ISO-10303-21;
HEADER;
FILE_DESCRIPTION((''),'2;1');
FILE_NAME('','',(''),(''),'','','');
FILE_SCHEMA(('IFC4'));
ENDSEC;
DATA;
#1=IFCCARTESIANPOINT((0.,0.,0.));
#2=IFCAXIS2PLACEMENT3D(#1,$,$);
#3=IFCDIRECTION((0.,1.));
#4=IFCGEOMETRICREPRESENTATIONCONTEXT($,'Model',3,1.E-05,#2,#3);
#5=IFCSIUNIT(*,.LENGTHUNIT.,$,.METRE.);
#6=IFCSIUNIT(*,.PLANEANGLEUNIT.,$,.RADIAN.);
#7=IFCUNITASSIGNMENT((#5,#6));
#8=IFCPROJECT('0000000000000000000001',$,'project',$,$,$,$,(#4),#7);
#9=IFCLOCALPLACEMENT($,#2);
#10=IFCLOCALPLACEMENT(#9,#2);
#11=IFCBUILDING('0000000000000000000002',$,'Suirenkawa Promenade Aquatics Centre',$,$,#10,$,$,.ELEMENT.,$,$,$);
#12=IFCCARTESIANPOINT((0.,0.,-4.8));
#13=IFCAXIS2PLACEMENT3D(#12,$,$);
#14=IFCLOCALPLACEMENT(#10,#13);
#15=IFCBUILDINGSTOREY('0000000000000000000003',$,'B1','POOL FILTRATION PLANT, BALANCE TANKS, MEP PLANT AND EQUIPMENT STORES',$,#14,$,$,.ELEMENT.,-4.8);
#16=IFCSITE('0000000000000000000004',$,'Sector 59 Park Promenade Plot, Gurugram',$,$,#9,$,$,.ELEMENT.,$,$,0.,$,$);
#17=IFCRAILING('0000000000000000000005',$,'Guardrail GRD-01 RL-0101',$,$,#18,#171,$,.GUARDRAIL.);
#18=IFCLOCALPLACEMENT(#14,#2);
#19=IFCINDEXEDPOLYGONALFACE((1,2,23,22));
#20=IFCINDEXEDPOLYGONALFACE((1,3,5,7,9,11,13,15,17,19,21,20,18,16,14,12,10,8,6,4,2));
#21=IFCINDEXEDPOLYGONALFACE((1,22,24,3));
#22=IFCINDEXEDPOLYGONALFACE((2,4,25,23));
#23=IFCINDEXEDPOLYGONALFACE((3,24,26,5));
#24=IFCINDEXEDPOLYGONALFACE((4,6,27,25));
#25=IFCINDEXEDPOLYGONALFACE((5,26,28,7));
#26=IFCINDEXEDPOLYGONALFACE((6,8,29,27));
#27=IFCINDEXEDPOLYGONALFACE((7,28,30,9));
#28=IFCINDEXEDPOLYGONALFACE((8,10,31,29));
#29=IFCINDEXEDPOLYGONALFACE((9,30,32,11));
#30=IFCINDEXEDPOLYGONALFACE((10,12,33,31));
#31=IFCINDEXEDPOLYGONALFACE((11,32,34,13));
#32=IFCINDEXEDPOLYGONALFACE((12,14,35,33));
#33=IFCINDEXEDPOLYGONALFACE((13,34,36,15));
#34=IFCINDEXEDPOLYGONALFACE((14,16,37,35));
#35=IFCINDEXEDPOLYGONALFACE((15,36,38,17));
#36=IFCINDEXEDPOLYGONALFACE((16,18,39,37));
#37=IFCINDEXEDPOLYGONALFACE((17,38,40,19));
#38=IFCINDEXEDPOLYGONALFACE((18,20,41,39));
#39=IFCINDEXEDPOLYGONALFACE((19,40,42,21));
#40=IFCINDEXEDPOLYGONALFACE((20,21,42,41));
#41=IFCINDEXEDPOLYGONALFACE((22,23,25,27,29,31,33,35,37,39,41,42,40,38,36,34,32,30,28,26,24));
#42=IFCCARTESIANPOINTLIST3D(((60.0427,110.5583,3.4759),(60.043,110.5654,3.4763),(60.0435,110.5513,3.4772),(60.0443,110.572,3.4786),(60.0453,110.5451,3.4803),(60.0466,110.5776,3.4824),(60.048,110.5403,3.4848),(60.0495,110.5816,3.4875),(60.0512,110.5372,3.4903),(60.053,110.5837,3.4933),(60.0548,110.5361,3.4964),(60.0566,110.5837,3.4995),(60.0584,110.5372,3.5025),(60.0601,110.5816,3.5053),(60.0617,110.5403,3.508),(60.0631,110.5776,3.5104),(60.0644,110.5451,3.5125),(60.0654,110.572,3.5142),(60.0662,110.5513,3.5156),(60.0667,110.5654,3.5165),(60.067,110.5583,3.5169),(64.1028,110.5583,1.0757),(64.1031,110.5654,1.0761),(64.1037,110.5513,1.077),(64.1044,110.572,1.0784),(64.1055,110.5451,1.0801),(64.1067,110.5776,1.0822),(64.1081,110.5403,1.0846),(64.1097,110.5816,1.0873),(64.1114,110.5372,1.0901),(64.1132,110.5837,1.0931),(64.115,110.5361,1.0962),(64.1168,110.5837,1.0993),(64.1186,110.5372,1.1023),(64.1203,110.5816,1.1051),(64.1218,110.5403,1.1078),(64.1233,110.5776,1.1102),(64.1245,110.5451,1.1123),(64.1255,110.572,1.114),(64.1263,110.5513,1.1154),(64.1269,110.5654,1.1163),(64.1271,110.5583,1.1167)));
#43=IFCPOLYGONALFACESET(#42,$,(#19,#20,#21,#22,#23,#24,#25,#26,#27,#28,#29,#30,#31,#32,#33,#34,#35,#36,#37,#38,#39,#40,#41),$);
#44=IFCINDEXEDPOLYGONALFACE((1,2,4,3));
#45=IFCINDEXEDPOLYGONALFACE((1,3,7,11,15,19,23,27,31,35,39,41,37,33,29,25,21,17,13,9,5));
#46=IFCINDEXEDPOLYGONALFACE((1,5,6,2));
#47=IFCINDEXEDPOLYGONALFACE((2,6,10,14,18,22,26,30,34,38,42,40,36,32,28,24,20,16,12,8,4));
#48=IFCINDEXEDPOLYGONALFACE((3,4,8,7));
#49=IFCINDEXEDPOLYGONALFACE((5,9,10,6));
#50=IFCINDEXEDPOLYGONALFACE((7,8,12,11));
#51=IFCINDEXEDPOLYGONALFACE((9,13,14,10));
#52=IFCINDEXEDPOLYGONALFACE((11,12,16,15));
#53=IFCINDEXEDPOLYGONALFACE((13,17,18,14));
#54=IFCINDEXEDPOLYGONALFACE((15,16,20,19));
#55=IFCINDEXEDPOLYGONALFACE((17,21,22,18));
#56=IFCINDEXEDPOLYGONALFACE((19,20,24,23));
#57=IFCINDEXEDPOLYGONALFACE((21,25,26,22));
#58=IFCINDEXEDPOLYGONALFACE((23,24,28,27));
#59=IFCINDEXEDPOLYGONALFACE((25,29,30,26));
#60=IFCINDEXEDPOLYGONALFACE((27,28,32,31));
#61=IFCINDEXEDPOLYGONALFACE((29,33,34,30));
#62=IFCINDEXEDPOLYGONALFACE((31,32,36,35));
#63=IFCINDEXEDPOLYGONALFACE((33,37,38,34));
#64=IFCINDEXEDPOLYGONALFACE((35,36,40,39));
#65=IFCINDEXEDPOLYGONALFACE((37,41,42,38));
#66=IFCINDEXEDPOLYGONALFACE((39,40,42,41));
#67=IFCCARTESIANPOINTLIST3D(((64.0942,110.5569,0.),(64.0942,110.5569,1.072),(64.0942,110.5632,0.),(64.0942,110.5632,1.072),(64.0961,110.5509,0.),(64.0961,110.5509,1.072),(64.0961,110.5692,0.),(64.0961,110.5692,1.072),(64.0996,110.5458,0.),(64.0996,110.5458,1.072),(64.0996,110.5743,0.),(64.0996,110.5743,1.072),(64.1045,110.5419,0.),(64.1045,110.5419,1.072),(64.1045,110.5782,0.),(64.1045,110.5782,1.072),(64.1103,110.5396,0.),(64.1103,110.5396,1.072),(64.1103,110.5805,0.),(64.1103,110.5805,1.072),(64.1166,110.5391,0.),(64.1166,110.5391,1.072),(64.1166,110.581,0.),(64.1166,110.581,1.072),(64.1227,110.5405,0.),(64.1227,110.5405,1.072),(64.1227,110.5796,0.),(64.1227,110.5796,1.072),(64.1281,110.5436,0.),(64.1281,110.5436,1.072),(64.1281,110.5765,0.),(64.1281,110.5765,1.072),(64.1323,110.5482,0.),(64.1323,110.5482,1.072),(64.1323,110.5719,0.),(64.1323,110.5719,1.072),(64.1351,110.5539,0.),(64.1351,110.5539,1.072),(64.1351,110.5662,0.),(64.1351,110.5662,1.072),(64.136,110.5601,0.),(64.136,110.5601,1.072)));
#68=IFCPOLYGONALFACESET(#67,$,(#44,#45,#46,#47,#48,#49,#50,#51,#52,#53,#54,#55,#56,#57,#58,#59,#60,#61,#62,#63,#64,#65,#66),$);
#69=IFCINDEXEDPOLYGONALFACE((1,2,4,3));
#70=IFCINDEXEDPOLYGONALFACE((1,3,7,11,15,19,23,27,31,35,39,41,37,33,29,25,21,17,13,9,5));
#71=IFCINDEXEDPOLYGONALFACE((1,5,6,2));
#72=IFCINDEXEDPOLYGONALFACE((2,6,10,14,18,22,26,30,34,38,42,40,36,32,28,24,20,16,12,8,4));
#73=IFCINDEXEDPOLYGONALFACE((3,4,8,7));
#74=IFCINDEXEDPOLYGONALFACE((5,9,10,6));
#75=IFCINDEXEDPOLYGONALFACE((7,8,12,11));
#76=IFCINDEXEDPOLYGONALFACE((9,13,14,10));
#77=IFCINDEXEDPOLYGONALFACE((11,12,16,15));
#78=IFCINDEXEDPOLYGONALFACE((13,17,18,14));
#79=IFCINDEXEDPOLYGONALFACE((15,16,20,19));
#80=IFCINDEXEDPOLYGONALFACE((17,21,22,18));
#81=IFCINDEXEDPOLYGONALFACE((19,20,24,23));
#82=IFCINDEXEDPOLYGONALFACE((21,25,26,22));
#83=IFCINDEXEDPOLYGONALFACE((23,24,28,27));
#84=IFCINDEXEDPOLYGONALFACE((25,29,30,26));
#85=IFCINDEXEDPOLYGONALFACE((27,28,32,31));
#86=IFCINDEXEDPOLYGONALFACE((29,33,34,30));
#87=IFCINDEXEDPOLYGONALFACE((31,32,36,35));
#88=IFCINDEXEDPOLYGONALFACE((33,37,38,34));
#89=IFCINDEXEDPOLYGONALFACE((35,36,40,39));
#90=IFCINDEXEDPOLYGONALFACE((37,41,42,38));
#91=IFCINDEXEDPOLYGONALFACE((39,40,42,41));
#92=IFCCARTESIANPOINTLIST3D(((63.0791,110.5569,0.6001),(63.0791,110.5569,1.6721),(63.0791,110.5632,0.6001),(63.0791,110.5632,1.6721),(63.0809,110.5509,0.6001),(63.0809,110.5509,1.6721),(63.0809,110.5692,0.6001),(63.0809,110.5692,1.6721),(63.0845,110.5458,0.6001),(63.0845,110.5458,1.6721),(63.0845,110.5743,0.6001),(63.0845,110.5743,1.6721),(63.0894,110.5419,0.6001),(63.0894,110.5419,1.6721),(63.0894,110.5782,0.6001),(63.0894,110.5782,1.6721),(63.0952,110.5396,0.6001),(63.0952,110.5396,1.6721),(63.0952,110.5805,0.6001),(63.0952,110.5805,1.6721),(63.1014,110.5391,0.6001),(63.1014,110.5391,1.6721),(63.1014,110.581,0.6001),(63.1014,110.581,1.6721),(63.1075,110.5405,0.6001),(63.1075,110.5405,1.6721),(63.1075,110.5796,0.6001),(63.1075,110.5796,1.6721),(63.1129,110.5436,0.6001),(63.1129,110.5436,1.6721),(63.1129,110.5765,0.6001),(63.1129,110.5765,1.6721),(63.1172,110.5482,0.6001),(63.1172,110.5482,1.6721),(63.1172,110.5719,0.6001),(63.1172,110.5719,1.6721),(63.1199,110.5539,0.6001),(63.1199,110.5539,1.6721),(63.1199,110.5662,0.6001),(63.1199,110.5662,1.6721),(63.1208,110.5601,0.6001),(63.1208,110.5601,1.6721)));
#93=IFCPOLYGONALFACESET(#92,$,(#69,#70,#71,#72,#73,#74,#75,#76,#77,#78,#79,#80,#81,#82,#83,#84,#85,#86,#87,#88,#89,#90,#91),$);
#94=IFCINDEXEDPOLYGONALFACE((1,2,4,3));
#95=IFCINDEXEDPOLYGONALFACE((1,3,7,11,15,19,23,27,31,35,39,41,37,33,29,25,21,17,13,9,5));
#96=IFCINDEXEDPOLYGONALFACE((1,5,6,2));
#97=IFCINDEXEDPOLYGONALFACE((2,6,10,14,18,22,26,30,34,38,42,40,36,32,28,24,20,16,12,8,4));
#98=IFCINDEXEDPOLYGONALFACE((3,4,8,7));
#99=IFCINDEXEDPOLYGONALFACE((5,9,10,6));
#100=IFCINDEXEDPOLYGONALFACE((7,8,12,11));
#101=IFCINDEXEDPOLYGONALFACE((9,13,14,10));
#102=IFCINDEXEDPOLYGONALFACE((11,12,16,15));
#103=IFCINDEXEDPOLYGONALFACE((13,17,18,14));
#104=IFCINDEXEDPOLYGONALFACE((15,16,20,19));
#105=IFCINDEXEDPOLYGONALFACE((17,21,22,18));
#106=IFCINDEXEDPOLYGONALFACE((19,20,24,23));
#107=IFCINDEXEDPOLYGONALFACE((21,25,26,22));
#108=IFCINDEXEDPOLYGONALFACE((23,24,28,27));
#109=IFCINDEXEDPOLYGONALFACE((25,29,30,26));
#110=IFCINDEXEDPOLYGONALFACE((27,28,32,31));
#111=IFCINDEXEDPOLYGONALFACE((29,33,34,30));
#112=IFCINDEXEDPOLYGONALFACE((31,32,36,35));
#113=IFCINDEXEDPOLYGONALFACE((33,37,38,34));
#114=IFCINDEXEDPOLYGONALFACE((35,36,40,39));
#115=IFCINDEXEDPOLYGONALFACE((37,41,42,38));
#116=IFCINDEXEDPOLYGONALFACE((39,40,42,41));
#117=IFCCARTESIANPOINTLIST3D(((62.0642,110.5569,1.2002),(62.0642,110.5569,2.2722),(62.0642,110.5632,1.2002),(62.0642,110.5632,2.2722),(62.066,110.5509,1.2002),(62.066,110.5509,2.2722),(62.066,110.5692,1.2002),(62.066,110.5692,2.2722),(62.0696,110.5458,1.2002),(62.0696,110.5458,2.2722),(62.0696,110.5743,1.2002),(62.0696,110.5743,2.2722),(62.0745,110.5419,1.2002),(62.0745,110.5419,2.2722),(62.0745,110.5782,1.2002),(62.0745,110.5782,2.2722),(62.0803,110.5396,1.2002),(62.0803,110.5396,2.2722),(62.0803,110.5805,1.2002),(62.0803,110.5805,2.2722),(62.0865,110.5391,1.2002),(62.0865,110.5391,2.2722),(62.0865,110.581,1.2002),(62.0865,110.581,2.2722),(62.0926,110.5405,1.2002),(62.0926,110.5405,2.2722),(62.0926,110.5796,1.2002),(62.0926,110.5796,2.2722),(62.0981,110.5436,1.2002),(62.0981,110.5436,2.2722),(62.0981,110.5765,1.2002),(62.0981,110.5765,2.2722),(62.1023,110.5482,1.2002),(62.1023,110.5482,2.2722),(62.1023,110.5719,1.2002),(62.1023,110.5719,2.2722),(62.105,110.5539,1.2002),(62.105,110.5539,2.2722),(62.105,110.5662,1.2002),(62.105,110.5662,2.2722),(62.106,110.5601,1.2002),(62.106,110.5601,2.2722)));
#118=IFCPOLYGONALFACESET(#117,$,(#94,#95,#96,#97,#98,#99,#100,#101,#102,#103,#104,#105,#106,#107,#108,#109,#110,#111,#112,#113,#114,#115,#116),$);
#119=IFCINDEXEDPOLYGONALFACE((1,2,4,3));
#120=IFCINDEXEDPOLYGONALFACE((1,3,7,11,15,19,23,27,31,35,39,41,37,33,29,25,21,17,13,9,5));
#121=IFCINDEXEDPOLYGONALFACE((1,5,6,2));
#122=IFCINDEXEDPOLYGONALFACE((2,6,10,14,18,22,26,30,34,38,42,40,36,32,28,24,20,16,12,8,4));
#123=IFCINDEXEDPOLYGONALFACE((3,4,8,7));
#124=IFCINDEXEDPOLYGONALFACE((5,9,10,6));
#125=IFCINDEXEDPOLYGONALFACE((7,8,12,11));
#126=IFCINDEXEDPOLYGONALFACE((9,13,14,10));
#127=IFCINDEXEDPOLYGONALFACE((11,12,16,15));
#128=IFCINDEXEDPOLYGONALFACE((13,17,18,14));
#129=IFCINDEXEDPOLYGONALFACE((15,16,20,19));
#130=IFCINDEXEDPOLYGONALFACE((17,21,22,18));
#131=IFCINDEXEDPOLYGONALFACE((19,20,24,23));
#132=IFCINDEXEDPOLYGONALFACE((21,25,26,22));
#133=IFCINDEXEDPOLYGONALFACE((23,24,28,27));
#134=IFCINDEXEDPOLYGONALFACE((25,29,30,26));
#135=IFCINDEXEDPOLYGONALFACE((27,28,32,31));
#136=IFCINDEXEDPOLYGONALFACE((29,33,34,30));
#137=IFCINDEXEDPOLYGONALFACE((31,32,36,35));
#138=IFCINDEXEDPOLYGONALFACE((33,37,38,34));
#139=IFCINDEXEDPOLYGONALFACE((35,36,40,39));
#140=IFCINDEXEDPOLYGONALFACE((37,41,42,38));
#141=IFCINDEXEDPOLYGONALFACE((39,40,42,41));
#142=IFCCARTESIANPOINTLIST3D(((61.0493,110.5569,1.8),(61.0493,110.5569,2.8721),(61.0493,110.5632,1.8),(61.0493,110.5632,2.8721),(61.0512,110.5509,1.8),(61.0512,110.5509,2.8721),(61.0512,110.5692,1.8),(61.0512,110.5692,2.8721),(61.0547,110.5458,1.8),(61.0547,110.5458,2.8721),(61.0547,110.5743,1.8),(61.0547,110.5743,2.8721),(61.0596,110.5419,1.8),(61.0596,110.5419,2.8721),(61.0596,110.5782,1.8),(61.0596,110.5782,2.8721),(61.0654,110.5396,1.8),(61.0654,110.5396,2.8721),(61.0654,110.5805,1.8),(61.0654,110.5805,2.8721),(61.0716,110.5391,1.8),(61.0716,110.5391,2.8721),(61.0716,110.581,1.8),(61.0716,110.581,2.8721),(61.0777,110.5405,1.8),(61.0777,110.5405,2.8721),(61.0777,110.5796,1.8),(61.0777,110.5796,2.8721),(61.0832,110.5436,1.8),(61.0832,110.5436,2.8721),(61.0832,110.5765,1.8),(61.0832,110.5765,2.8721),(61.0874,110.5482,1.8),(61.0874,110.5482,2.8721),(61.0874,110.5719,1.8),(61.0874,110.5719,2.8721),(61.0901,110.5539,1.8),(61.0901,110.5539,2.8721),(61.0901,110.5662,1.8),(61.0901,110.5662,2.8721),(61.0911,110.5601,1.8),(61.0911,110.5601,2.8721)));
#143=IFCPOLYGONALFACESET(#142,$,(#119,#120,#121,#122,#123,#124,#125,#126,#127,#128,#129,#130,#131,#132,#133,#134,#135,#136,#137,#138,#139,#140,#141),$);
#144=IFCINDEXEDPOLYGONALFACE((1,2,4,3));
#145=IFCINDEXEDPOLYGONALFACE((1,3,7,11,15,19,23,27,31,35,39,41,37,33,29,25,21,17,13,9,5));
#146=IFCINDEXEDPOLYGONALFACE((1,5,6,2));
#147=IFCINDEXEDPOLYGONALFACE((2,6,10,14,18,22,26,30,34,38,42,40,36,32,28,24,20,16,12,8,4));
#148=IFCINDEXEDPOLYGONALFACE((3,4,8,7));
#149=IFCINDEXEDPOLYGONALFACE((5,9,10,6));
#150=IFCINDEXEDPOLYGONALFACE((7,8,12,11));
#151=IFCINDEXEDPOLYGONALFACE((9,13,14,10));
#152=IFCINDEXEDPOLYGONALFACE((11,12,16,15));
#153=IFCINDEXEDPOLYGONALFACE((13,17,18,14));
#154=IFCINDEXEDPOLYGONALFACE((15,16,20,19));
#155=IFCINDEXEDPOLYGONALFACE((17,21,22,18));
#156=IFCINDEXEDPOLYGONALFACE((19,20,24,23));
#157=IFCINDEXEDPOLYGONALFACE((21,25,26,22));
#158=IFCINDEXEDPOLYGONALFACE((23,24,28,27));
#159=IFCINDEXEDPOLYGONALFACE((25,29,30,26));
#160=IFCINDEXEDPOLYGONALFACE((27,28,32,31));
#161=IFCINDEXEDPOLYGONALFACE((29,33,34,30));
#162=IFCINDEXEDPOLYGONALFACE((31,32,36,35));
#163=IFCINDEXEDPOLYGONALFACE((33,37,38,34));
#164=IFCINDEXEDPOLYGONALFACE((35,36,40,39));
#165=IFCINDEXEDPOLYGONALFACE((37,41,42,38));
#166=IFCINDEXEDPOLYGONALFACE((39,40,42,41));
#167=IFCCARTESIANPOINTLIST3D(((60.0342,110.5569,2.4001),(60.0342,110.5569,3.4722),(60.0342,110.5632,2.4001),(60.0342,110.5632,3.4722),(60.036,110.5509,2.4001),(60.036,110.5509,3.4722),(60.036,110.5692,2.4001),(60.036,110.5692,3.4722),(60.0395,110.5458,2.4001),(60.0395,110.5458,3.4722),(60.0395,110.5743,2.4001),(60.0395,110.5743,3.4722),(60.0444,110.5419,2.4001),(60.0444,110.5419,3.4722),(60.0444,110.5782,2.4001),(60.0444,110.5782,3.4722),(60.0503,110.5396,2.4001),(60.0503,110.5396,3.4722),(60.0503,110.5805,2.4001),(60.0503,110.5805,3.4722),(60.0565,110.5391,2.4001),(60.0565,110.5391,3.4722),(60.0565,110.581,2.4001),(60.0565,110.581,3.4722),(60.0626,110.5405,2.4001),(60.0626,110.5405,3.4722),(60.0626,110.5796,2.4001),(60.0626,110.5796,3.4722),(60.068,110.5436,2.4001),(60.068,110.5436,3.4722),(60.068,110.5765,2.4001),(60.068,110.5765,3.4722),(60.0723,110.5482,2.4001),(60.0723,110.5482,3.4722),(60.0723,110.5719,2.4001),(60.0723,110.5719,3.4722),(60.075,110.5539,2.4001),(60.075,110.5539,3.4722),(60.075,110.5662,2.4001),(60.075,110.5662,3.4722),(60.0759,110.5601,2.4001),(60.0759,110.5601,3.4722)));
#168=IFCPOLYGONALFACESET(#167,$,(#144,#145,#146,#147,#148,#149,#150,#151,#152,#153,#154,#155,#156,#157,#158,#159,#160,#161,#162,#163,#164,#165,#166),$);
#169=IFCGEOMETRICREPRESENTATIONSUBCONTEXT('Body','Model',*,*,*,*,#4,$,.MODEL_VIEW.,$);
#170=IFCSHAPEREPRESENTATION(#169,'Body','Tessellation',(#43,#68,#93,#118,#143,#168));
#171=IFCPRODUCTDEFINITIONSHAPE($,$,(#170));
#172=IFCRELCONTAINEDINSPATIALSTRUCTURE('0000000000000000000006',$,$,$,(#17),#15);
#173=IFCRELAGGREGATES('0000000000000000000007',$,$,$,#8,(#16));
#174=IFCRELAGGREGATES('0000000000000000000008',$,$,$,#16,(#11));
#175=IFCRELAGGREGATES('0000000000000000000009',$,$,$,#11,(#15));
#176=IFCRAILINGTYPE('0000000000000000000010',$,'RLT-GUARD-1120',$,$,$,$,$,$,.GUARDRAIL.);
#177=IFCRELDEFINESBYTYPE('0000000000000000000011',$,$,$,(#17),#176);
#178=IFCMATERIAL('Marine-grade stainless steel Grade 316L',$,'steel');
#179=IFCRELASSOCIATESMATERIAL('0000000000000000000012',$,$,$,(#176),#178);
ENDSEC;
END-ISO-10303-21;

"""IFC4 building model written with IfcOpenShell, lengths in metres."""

from ifc_helpers import new_model, si_unit, direction, frame, origin, origin_2d, place, context, subcontext, project, spatial, circle, extrude, material, type_object, element, save


model = new_model("IFC4")

# Units and contexts
model_context = context("Model", 3, precision=1e-05, world=origin(), true_north=direction((0.0, 1.0)))
body_context = subcontext(model_context, "Body", "Model", "MODEL_VIEW")
ifc_project = project(units=[si_unit("LENGTHUNIT", "METRE"), si_unit("PLANEANGLEUNIT", "RADIAN")], contexts=[model_context])

# Site, building, storey
site_placement = place(None, origin())
site = spatial("IfcSite", under=ifc_project, at=site_placement, Name="Sector 59 Park Promenade Plot, Gurugram", CompositionType="ELEMENT", RefElevation=0.0)
building_placement = place(site_placement, origin())
building = spatial("IfcBuilding", under=site, at=building_placement, Name="Suirenkawa Promenade Aquatics Centre", CompositionType="ELEMENT")
storey_placement = place(building_placement, frame((0.0, 0.0, -4.8)))
storey = spatial("IfcBuildingStorey", under=building, at=storey_placement, Name="B1", Description="POOL FILTRATION PLANT, BALANCE TANKS, MEP PLANT AND EQUIPMENT STORES", CompositionType="ELEMENT", Elevation=-4.8)

# Shared definitions
ifc_material_1 = material(Name="Marine-grade stainless steel Grade 316L", Category="steel")

# Railing
railing_type_1 = type_object("IfcRailingType", Name="RLT-GUARD-1120", PredefinedType="GUARDRAIL", material=ifc_material_1)
for number, where, name in (
    (1, (64.115, 110.5601, 0.0), "Guardrail GRD-01 RL-0101"),
):
    element("IfcRailing", number, at=place(storey_placement, frame(where)), inside=storey, type_object=railing_type_1, Name=name, PredefinedType="GUARDRAIL", context=body_context, shape_type="SweptSolid", body=[
        extrude(circle(Radius=0.0239, at=origin_2d()), frame((0.0, 0.0, 1.0962), z_axis=(-0.860832, 0.0, 0.50889), x_axis=(0.0, -1.0, 0.0)), (0.0, 0.0, 1.0), 4.7166),
        extrude(circle(Radius=0.021, at=origin_2d()), origin(), (0.0, 0.0, 1.0), 1.072),
        extrude(circle(Radius=0.021, at=origin_2d()), frame((-1.0151, 0.0, 0.6001)), (0.0, 0.0, 1.0), 1.072),
        extrude(circle(Radius=0.021, at=origin_2d()), frame((-2.03, 0.0, 1.2002)), (0.0, 0.0, 1.0), 1.072),
        extrude(circle(Radius=0.021, at=origin_2d()), frame((-3.0449, 0.0, 1.8)), (0.0, 0.0, 1.0), 1.072),
        extrude(circle(Radius=0.021, at=origin_2d()), frame((-4.0601, 0.0, 2.4001)), (0.0, 0.0, 1.0), 1.072),
    ])

save(model, "model.ifc")
